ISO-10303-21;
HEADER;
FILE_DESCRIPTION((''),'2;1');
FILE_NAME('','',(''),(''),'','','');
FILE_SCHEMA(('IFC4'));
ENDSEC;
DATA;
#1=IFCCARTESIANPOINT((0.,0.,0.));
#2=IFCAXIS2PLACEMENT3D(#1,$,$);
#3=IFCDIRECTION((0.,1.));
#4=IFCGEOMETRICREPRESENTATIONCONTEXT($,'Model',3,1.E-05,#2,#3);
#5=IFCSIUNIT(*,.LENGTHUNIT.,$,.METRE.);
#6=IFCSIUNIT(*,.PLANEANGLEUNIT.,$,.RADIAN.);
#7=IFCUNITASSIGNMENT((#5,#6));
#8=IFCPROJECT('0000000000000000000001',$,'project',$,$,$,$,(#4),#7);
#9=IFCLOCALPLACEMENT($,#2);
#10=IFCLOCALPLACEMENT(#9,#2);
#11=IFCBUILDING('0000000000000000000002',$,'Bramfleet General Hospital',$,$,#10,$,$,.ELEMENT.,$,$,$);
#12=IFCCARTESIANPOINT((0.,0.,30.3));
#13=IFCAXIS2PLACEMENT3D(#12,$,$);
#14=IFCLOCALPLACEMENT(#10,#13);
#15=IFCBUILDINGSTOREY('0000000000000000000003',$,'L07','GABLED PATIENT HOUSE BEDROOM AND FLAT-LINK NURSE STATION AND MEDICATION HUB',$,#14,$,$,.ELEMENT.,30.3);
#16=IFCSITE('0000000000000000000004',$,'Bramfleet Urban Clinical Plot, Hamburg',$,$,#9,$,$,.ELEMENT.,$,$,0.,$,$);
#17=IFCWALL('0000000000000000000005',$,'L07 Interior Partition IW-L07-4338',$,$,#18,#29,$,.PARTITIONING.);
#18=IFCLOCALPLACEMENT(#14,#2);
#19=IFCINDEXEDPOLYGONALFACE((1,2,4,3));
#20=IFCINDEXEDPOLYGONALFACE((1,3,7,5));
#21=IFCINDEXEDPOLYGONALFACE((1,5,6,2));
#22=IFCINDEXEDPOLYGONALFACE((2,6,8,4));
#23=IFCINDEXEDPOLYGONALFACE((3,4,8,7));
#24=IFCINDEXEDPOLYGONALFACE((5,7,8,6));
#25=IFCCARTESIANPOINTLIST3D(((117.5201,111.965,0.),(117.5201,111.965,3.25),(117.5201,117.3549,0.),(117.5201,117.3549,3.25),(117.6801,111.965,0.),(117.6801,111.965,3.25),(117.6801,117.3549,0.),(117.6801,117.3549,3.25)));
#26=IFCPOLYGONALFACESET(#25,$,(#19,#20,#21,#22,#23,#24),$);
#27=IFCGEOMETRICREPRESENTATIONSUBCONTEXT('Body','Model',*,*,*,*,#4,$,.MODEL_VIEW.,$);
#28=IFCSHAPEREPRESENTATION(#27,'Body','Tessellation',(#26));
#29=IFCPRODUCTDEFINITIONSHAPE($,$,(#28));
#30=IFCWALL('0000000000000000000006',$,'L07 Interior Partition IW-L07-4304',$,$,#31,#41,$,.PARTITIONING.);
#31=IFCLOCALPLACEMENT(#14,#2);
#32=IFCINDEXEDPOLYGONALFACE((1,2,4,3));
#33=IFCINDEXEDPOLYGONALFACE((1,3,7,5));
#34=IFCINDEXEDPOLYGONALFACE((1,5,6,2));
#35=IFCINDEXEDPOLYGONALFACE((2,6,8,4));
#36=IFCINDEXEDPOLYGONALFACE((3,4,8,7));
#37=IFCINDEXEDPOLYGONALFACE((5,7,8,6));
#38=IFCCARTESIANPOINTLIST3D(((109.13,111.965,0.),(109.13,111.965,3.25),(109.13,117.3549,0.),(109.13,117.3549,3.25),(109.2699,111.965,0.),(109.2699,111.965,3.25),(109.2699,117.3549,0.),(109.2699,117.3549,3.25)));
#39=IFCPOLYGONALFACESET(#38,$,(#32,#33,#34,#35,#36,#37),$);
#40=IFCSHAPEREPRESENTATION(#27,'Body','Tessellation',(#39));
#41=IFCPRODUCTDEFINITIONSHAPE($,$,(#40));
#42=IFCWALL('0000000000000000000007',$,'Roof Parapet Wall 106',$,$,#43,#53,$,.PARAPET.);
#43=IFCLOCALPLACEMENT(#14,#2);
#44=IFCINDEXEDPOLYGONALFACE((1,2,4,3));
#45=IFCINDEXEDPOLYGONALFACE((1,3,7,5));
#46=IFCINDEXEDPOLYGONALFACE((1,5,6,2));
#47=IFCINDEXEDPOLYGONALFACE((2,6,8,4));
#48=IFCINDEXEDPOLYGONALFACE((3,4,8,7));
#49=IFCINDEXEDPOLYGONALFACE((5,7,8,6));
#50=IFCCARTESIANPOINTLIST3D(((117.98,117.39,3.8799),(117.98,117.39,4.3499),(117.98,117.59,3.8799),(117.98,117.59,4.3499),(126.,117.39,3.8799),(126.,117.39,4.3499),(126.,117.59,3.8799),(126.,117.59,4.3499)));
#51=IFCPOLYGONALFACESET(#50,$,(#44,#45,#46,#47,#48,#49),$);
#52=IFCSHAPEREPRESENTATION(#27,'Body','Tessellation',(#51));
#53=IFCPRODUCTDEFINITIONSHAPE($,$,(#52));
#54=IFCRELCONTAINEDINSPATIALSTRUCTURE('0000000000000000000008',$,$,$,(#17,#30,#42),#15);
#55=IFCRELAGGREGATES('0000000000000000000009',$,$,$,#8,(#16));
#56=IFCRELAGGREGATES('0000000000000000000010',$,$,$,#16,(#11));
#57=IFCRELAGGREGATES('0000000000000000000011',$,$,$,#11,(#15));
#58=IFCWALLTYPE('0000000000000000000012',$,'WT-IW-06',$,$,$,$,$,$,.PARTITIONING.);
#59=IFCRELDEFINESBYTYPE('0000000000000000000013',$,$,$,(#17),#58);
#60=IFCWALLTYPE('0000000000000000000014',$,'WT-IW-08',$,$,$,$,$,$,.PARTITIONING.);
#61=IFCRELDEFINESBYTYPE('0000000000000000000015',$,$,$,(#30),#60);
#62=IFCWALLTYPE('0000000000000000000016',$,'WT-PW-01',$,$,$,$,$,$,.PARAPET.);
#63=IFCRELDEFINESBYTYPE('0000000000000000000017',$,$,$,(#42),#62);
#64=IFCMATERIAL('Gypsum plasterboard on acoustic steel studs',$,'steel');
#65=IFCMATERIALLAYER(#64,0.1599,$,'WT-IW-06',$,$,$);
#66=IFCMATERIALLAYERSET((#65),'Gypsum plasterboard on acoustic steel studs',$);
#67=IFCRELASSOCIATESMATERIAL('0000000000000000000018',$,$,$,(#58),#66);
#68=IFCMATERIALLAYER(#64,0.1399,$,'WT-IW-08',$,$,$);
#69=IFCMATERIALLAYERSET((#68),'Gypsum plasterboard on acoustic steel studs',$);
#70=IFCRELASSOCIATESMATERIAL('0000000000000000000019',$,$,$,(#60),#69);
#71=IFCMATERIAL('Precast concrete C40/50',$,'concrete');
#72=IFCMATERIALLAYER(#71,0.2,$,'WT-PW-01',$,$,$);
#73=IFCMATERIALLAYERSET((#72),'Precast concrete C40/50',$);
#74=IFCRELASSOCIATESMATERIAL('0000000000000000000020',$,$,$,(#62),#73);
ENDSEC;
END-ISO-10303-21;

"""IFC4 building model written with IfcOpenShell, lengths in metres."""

from ifc_helpers import new_model, si_unit, direction, frame, frame_2d, origin, place, context, subcontext, project, spatial, rectangle, extrude, material, layer, layer_set, type_object, element, save


model = new_model("IFC4")

# Units and contexts
model_context = context("Model", 3, precision=1e-05, world=origin(), true_north=direction((0.0, 1.0)))
body_context = subcontext(model_context, "Body", "Model", "MODEL_VIEW")
ifc_project = project(units=[si_unit("LENGTHUNIT", "METRE"), si_unit("PLANEANGLEUNIT", "RADIAN")], contexts=[model_context])

# Site, building, storey
site_placement = place(None, origin())
site = spatial("IfcSite", under=ifc_project, at=site_placement, Name="Bramfleet Urban Clinical Plot, Hamburg", CompositionType="ELEMENT", RefElevation=0.0)
building_placement = place(site_placement, origin())
building = spatial("IfcBuilding", under=site, at=building_placement, Name="Bramfleet General Hospital", CompositionType="ELEMENT")
storey_placement = place(building_placement, frame((0.0, 0.0, 30.3)))
storey = spatial("IfcBuildingStorey", under=building, at=storey_placement, Name="L07", Description="GABLED PATIENT HOUSE BEDROOM AND FLAT-LINK NURSE STATION AND MEDICATION HUB", CompositionType="ELEMENT", Elevation=30.3)

# Walls
ifc_material_1 = material(Name="Gypsum plasterboard on acoustic steel studs", Category="steel")
ifc_layer_1 = layer(ifc_material_1, 0.1599, Name="WT-IW-06")
ifc_layer_set_1 = layer_set([ifc_layer_1], Name="Gypsum plasterboard on acoustic steel studs")
wall_type_1 = type_object("IfcWallType", Name="WT-IW-06", PredefinedType="PARTITIONING", material=ifc_layer_set_1)
wall_1_placement = place(storey_placement, frame((117.6001, 111.9651, 0.0), z_axis=(0.0, 0.0, 1.0), x_axis=(0.0, 1.0, 0.0)))
element("IfcWall", 1, at=wall_1_placement, inside=storey, type_object=wall_type_1, Name="L07 Interior Partition IW-L07-4338", PredefinedType="PARTITIONING", context=body_context, shape_type="SweptSolid", body=[
    extrude(rectangle(XDim=5.3899, YDim=0.1599, at=frame_2d((2.6948, 0.0))), origin(), (0.0, 0.0, 1.0), 3.25),
])
ifc_layer_2 = layer(ifc_material_1, 0.1399, Name="WT-IW-08")
ifc_layer_set_2 = layer_set([ifc_layer_2], Name="Gypsum plasterboard on acoustic steel studs")
wall_type_2 = type_object("IfcWallType", Name="WT-IW-08", PredefinedType="PARTITIONING", material=ifc_layer_set_2)
wall_2_placement = place(storey_placement, frame((109.2, 111.9651, 0.0), z_axis=(0.0, 0.0, 1.0), x_axis=(0.0, 1.0, 0.0)))
element("IfcWall", 2, at=wall_2_placement, inside=storey, type_object=wall_type_2, Name="L07 Interior Partition IW-L07-4304", PredefinedType="PARTITIONING", context=body_context, shape_type="SweptSolid", body=[
    extrude(rectangle(XDim=5.3899, YDim=0.1399, at=frame_2d((2.6948, 0.0))), origin(), (0.0, 0.0, 1.0), 3.25),
])
ifc_material_2 = material(Name="Precast concrete C40/50", Category="concrete")
ifc_layer_3 = layer(ifc_material_2, 0.2, Name="WT-PW-01")
ifc_layer_set_3 = layer_set([ifc_layer_3], Name="Precast concrete C40/50")
wall_type_3 = type_object("IfcWallType", Name="WT-PW-01", PredefinedType="PARAPET", material=ifc_layer_set_3)
wall_3_placement = place(storey_placement, frame((117.98, 117.49, 3.8799), z_axis=(0.0, 0.0, 1.0), x_axis=(1.0, 0.0, 0.0)))
element("IfcWall", 3, at=wall_3_placement, inside=storey, type_object=wall_type_3, Name="Roof Parapet Wall 106", PredefinedType="PARAPET", context=body_context, shape_type="SweptSolid", body=[
    extrude(rectangle(XDim=8.02, YDim=0.2, at=frame_2d((4.01, 0.0))), origin(), (0.0, 0.0, 1.0), 0.47),
])

save(model, "model.ifc")
